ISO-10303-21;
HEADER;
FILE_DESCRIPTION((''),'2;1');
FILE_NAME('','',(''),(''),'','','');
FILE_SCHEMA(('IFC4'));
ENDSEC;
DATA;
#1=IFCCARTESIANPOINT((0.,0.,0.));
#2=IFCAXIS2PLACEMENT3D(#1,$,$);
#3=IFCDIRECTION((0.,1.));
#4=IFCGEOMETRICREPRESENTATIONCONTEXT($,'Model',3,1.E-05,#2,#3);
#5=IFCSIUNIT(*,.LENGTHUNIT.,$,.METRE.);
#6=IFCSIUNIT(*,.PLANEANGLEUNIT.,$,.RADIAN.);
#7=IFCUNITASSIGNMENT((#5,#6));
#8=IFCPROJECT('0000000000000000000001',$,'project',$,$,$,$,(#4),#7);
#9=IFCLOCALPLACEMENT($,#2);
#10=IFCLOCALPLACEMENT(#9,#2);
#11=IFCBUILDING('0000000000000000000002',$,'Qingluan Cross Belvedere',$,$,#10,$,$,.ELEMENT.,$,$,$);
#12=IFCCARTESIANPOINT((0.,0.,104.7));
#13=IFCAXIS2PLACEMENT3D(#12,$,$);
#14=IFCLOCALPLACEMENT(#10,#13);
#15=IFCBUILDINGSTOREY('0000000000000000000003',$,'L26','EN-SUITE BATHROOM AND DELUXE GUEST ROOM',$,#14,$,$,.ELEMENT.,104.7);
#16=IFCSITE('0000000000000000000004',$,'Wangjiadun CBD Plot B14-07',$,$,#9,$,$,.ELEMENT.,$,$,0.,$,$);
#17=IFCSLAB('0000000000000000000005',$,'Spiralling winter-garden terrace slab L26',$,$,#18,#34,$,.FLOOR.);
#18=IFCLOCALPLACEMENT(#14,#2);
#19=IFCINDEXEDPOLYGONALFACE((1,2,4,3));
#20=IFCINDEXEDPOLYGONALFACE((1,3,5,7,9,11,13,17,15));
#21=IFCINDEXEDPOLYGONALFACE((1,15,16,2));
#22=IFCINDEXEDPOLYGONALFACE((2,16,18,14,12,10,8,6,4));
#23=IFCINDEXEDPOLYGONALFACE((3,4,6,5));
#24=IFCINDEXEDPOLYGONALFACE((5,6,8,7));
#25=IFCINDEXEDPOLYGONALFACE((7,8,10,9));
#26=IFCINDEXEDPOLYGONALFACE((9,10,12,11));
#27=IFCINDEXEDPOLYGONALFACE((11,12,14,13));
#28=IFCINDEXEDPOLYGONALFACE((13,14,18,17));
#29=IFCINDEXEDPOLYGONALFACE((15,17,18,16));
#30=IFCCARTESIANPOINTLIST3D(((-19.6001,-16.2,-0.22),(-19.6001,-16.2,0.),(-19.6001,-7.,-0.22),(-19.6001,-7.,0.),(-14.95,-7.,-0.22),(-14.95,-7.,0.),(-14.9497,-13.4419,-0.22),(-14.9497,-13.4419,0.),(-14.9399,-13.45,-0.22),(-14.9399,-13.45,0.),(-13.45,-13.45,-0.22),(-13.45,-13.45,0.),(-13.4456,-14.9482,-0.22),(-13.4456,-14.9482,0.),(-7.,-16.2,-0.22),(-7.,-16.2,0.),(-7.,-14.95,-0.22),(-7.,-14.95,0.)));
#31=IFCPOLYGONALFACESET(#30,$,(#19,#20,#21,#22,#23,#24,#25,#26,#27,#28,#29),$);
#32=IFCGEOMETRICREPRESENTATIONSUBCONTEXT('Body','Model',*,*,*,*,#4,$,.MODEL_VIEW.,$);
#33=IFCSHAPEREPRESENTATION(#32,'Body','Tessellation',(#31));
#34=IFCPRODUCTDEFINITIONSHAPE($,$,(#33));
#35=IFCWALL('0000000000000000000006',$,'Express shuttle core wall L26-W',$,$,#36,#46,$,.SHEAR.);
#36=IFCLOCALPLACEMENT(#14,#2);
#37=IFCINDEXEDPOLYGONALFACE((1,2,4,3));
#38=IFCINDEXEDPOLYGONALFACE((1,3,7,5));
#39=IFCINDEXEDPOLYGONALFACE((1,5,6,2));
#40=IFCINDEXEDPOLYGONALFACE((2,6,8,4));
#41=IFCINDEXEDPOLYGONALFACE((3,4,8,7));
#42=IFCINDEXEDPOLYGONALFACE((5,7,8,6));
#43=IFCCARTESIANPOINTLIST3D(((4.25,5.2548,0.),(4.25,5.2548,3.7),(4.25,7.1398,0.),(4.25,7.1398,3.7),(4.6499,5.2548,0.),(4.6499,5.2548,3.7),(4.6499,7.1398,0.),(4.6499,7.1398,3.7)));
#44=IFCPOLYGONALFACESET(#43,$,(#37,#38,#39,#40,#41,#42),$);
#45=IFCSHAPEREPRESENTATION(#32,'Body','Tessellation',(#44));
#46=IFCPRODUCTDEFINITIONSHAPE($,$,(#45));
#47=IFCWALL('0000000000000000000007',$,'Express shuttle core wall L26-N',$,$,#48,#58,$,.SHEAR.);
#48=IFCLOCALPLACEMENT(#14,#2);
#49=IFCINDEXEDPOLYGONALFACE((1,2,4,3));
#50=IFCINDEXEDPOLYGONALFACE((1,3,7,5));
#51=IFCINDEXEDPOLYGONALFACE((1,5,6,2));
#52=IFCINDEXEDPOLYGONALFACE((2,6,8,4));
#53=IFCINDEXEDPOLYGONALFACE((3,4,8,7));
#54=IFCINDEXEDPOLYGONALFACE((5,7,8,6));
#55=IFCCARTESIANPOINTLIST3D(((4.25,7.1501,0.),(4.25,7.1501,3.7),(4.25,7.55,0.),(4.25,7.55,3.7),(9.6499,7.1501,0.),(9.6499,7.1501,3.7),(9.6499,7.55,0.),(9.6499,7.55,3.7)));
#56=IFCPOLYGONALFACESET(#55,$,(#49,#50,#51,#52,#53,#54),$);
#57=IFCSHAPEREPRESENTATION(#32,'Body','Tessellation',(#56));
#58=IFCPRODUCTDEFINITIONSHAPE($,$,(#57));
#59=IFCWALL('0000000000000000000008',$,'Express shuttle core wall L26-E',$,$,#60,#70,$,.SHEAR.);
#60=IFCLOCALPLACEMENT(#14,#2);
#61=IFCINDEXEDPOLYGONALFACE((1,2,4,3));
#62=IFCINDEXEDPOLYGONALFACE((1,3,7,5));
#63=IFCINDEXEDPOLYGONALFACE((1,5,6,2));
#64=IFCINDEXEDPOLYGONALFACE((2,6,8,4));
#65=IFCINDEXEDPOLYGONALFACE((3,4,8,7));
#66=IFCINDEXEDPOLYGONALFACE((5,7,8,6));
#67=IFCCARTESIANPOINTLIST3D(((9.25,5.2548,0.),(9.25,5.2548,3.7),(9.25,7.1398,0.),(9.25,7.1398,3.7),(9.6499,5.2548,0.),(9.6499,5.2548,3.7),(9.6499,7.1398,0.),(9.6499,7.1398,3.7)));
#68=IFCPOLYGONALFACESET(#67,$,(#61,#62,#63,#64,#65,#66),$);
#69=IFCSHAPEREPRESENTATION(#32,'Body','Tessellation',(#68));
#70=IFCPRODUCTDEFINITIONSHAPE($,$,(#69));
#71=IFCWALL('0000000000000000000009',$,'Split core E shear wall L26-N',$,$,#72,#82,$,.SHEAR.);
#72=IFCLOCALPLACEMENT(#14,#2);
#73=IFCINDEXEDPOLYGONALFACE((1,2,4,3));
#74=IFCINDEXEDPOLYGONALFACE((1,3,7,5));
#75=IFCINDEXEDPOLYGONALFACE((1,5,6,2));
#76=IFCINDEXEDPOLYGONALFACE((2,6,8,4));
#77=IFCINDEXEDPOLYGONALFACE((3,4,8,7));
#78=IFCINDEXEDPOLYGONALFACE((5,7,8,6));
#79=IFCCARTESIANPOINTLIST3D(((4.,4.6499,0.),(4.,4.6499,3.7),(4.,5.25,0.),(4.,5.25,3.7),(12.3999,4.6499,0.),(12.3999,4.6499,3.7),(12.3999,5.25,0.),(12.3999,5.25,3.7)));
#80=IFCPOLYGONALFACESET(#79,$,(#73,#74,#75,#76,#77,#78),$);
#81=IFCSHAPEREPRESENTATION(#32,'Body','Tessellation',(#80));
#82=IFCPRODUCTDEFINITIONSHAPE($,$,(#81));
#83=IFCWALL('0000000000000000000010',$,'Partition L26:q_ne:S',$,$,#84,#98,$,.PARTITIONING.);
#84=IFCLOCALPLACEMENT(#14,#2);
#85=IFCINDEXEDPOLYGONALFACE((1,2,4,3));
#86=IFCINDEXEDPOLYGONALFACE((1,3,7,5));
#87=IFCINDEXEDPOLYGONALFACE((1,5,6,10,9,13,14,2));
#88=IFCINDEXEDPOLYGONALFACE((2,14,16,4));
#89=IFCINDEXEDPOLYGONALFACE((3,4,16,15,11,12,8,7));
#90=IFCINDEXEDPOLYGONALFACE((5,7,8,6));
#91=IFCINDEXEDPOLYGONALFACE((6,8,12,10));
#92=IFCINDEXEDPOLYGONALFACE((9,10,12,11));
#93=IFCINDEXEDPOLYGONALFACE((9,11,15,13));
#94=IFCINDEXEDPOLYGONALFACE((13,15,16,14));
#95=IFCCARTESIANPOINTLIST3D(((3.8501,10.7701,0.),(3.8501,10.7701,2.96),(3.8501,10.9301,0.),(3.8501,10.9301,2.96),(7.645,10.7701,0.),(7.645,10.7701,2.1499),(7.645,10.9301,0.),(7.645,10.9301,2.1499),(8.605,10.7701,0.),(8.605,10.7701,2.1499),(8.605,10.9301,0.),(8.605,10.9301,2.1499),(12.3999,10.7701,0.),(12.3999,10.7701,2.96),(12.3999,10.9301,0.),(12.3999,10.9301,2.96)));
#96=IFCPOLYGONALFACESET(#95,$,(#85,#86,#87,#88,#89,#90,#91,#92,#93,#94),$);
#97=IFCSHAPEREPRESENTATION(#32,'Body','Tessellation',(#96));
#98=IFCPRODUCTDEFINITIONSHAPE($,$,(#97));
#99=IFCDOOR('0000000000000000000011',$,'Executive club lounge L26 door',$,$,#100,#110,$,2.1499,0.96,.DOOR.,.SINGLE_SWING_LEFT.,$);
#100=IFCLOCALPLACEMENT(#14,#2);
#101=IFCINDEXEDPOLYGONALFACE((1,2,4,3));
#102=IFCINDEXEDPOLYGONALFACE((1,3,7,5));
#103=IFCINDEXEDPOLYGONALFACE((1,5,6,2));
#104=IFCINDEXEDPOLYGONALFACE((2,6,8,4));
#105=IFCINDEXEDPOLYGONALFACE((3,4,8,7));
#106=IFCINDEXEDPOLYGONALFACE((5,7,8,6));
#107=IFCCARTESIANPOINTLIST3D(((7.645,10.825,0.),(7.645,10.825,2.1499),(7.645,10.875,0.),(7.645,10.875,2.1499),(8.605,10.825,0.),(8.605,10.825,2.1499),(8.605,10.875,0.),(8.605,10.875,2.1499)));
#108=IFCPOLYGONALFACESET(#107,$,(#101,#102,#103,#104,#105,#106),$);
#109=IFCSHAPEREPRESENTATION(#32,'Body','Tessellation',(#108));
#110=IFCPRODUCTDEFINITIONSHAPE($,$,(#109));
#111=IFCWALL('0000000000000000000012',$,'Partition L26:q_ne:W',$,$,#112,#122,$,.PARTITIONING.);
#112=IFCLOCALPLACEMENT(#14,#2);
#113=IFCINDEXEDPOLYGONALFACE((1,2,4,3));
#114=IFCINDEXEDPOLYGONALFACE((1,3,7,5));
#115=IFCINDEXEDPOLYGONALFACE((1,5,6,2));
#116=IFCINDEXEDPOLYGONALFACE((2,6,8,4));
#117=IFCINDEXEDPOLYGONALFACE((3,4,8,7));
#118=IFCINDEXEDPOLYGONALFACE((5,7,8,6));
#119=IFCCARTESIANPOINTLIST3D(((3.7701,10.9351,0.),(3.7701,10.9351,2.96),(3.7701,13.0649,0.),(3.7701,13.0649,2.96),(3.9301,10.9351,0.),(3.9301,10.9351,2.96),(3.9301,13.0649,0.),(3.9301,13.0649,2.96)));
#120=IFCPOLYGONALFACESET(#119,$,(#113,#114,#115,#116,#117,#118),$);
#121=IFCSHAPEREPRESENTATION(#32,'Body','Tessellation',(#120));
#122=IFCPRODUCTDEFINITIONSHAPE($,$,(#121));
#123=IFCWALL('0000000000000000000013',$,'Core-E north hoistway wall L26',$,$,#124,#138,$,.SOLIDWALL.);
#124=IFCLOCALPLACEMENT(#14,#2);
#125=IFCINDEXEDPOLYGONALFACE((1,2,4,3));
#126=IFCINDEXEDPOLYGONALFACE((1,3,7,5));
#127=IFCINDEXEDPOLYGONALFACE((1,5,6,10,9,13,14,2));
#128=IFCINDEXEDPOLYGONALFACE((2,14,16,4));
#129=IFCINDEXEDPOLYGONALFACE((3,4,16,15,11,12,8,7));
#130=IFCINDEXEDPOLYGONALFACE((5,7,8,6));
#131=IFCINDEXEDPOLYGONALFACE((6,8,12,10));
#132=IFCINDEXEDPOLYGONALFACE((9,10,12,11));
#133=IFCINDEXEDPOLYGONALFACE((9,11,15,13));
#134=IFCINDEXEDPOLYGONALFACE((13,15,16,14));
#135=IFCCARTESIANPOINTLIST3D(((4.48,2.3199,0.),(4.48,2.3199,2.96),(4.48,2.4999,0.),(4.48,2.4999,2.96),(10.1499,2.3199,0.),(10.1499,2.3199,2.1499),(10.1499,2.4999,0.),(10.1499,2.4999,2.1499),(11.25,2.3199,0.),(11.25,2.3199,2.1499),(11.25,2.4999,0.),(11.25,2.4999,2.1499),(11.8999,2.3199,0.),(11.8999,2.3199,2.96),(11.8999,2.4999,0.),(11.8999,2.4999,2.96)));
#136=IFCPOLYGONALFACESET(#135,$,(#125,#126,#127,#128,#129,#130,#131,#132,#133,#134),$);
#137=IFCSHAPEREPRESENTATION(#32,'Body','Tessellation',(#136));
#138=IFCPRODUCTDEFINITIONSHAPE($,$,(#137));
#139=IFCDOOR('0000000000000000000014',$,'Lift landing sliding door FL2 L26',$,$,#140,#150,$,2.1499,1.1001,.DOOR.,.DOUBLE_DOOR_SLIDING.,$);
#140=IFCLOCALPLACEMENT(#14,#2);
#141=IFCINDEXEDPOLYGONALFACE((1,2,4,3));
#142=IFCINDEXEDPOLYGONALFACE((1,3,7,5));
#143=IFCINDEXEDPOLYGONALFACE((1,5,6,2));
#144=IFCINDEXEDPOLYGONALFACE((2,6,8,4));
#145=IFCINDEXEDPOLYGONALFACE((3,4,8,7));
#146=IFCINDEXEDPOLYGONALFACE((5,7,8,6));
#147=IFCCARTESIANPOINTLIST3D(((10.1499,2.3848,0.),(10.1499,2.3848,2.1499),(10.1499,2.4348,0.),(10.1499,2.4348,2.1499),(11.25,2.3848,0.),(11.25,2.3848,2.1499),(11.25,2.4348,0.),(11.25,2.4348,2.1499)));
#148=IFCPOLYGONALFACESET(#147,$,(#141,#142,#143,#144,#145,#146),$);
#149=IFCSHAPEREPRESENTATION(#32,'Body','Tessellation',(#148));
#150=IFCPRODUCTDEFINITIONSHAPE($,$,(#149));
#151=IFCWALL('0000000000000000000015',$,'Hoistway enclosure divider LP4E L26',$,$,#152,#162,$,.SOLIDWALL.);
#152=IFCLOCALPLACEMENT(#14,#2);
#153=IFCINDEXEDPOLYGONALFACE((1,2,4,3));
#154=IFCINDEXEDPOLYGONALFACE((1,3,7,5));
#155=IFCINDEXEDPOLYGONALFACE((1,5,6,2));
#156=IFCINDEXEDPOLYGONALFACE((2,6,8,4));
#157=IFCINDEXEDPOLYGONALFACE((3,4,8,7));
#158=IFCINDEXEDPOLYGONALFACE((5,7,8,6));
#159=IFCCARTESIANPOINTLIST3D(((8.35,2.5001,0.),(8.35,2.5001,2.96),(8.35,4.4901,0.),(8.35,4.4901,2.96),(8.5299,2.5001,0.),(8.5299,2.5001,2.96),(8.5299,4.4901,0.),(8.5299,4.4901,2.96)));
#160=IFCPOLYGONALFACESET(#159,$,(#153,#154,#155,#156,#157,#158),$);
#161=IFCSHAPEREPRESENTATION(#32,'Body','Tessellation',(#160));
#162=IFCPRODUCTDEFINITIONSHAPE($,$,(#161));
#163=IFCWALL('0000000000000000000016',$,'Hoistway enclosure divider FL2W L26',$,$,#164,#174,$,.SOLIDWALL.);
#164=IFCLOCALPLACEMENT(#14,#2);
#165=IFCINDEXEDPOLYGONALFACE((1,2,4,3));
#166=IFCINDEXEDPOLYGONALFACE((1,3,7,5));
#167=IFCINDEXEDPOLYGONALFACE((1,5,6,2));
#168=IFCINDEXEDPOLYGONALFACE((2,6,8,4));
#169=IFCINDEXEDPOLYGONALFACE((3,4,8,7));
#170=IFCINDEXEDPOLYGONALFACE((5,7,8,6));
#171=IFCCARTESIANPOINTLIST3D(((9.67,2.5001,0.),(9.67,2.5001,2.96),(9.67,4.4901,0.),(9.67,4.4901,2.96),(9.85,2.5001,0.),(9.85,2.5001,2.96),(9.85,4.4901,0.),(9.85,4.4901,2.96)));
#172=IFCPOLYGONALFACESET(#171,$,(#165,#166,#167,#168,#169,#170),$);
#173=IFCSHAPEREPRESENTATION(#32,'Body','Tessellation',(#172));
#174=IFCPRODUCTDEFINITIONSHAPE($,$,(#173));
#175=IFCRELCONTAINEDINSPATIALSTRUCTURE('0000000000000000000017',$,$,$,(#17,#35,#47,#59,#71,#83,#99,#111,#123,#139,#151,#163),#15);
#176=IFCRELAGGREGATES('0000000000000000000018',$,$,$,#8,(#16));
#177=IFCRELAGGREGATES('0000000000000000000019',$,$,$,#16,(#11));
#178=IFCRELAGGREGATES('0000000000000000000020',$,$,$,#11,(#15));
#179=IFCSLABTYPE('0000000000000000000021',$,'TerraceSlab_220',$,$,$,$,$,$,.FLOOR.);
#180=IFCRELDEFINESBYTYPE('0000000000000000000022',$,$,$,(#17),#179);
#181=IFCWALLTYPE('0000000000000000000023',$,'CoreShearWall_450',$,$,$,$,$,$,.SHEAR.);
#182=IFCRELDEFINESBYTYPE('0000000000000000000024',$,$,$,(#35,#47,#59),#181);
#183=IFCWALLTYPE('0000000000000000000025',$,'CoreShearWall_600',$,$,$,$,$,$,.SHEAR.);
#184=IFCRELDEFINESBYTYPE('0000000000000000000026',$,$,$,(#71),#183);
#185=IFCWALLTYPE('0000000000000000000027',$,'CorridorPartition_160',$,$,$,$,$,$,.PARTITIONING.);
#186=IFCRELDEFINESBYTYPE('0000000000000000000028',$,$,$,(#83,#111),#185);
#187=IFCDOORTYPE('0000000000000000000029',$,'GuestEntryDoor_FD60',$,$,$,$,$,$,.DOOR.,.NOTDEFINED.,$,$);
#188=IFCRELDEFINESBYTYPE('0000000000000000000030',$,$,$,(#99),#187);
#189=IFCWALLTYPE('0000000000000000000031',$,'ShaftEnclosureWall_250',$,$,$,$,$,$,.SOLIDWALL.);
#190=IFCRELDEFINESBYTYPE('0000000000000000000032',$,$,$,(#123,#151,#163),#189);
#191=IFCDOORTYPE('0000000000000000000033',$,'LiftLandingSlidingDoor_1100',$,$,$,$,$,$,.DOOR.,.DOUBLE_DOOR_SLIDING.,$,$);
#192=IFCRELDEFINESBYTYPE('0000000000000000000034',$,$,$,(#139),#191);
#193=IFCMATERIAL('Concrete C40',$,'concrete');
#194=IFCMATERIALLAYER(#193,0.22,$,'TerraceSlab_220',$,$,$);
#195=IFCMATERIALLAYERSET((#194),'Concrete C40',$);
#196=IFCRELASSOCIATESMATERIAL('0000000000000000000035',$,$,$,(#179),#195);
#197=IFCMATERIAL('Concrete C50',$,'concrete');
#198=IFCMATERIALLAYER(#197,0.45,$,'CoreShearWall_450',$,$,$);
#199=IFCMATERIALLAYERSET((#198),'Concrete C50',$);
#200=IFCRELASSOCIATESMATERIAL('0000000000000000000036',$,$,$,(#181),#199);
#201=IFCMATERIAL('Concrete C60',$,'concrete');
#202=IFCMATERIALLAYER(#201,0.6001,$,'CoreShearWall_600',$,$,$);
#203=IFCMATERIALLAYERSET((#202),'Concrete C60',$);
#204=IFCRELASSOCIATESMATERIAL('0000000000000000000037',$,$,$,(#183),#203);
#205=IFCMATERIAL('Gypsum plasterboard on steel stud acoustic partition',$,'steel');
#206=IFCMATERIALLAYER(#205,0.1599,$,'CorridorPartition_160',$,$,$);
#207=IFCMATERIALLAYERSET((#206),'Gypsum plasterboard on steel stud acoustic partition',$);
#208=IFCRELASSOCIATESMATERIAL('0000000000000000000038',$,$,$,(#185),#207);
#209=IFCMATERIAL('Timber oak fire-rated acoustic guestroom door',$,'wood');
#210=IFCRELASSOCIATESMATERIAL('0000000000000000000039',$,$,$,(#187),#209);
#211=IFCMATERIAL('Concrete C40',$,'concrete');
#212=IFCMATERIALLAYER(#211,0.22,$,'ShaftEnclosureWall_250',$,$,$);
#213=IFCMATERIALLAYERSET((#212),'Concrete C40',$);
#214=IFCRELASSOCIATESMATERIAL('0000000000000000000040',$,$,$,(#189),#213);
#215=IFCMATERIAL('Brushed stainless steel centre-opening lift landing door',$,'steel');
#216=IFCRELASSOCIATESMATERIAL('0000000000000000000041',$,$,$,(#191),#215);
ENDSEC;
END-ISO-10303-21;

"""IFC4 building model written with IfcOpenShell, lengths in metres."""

from ifc_helpers import new_model, si_unit, direction, frame, frame_2d, origin, place, context, subcontext, project, spatial, polyline, rectangle, outline, extrude, material, layer, layer_set, type_object, element, fill, save


model = new_model("IFC4")

# Units and contexts
model_context = context("Model", 3, precision=1e-05, world=origin(), true_north=direction((0.0, 1.0)))
body_context = subcontext(model_context, "Body", "Model", "MODEL_VIEW")
ifc_project = project(units=[si_unit("LENGTHUNIT", "METRE"), si_unit("PLANEANGLEUNIT", "RADIAN")], contexts=[model_context])

# Site, building, storey
site_placement = place(None, origin())
site = spatial("IfcSite", under=ifc_project, at=site_placement, Name="Wangjiadun CBD Plot B14-07", CompositionType="ELEMENT", RefElevation=0.0)
building_placement = place(site_placement, origin())
building = spatial("IfcBuilding", under=site, at=building_placement, Name="Qingluan Cross Belvedere", CompositionType="ELEMENT")
storey_placement = place(building_placement, frame((0.0, 0.0, 104.7)))
storey = spatial("IfcBuildingStorey", under=building, at=storey_placement, Name="L26", Description="EN-SUITE BATHROOM AND DELUXE GUEST ROOM", CompositionType="ELEMENT", Elevation=104.7)

# Slab
ifc_material_1 = material(Name="Concrete C40", Category="concrete")
ifc_layer_1 = layer(ifc_material_1, 0.22, Name="TerraceSlab_220")
ifc_layer_set_1 = layer_set([ifc_layer_1], Name="Concrete C40")
slab_type_1 = type_object("IfcSlabType", Name="TerraceSlab_220", PredefinedType="FLOOR", material=ifc_layer_set_1)
slab_1_placement = place(storey_placement, frame((0.0, 0.0, -0.22)))
element("IfcSlab", 1, at=slab_1_placement, inside=storey, type_object=slab_type_1, Name="Spiralling winter-garden terrace slab L26", PredefinedType="FLOOR", context=body_context, shape_type="SweptSolid", body=[
    extrude(outline(polyline([(-7.0, -14.95), (-13.4456, -14.9482), (-13.45, -13.45), (-14.9399, -13.45), (-14.9497, -13.4419), (-14.95, -7.0), (-19.6001, -7.0), (-19.6001, -16.2), (-7.0, -16.2), (-7.0, -14.95)])), origin(), (0.0, 0.0, 1.0), 0.22),
])

# Walls
ifc_material_2 = material(Name="Concrete C50", Category="concrete")
ifc_layer_2 = layer(ifc_material_2, 0.45, Name="CoreShearWall_450")
ifc_layer_set_2 = layer_set([ifc_layer_2], Name="Concrete C50")
wall_type_1 = type_object("IfcWallType", Name="CoreShearWall_450", PredefinedType="SHEAR", material=ifc_layer_set_2)
wall_1_placement = place(storey_placement, frame((4.45, 5.2549, 0.0), z_axis=(0.0, 0.0, 1.0), x_axis=(0.0, 1.0, 0.0)))
element("IfcWall", 2, at=wall_1_placement, inside=storey, type_object=wall_type_1, Name="Express shuttle core wall L26-W", PredefinedType="SHEAR", context=body_context, shape_type="SweptSolid", body=[
    extrude(rectangle(XDim=1.885, YDim=0.3999, at=frame_2d((0.9424, 0.0))), origin(), (0.0, 0.0, 1.0), 3.7),
])
wall_2_placement = place(storey_placement, frame((4.25, 7.3501, 0.0), z_axis=(0.0, 0.0, 1.0), x_axis=(1.0, 0.0, 0.0)))
element("IfcWall", 3, at=wall_2_placement, inside=storey, type_object=wall_type_1, Name="Express shuttle core wall L26-N", PredefinedType="SHEAR", context=body_context, shape_type="SweptSolid", body=[
    extrude(rectangle(XDim=5.3999, YDim=0.3999, at=frame_2d((2.7, 0.0))), origin(), (0.0, 0.0, 1.0), 3.7),
])
wall_3_placement = place(storey_placement, frame((9.45, 5.2549, 0.0), z_axis=(0.0, 0.0, 1.0), x_axis=(0.0, 1.0, 0.0)))
element("IfcWall", 4, at=wall_3_placement, inside=storey, type_object=wall_type_1, Name="Express shuttle core wall L26-E", PredefinedType="SHEAR", context=body_context, shape_type="SweptSolid", body=[
    extrude(rectangle(XDim=1.885, YDim=0.3999, at=frame_2d((0.9424, 0.0))), origin(), (0.0, 0.0, 1.0), 3.7),
])
ifc_material_3 = material(Name="Concrete C60", Category="concrete")
ifc_layer_3 = layer(ifc_material_3, 0.6001, Name="CoreShearWall_600")
ifc_layer_set_3 = layer_set([ifc_layer_3], Name="Concrete C60")
wall_type_2 = type_object("IfcWallType", Name="CoreShearWall_600", PredefinedType="SHEAR", material=ifc_layer_set_3)
wall_4_placement = place(storey_placement, frame((4.0, 4.95, 0.0), z_axis=(0.0, 0.0, 1.0), x_axis=(1.0, 0.0, 0.0)))
element("IfcWall", 5, at=wall_4_placement, inside=storey, type_object=wall_type_2, Name="Split core E shear wall L26-N", PredefinedType="SHEAR", context=body_context, shape_type="SweptSolid", body=[
    extrude(rectangle(XDim=8.3999, YDim=0.6001, at=frame_2d((4.2, 0.0))), origin(), (0.0, 0.0, 1.0), 3.7),
])

# Wall, opening, door
ifc_material_4 = material(Name="Gypsum plasterboard on steel stud acoustic partition", Category="steel")
ifc_layer_4 = layer(ifc_material_4, 0.1599, Name="CorridorPartition_160")
ifc_layer_set_4 = layer_set([ifc_layer_4], Name="Gypsum plasterboard on steel stud acoustic partition")
wall_type_3 = type_object("IfcWallType", Name="CorridorPartition_160", PredefinedType="PARTITIONING", material=ifc_layer_set_4)
wall_5_placement = place(storey_placement, frame((3.8501, 10.8501, 0.0), z_axis=(0.0, 0.0, 1.0), x_axis=(1.0, 0.0, 0.0)))
wall_5 = element("IfcWall", 6, at=wall_5_placement, inside=storey, type_object=wall_type_3, Name="Partition L26:q_ne:S", PredefinedType="PARTITIONING", context=body_context, shape_type="SweptSolid", body=[
    extrude(rectangle(XDim=8.5498, YDim=0.1599, at=frame_2d((4.2749, 0.0))), origin(), (0.0, 0.0, 1.0), 2.96),
])
opening_1_placement = place(wall_5_placement, frame((3.7949, 0.0, 0.0)))
opening_1 = element("IfcOpeningElement", 7, at=opening_1_placement, cuts=wall_5, PredefinedType="OPENING", context=body_context, shape_type="SweptSolid", body=[
    extrude(rectangle(XDim=0.96, YDim=2.1499, at=frame_2d((0.48, 1.075))), frame((0.0, 0.0898, 0.0), z_axis=(0.0, -1.0, 0.0), x_axis=(1.0, 0.0, 0.0)), (0.0, 0.0, 1.0), 0.1799),
])
ifc_material_5 = material(Name="Timber oak fire-rated acoustic guestroom door", Category="wood")
door_type_1 = type_object("IfcDoorType", Name="GuestEntryDoor_FD60", OperationType="NOTDEFINED", PredefinedType="DOOR", material=ifc_material_5)
door_1_placement = place(opening_1_placement, origin())
door_1 = element("IfcDoor", 8, at=door_1_placement, inside=storey, type_object=door_type_1, Name="Executive club lounge L26 door", OperationType="SINGLE_SWING_LEFT", OverallHeight=2.1499, OverallWidth=0.96, PredefinedType="DOOR", context=body_context, shape_type="SweptSolid", body=[
    extrude(rectangle(XDim=0.96, YDim=2.1499, at=frame_2d((0.48, 1.075))), frame((0.0, 0.0249, 0.0), z_axis=(0.0, -1.0, 0.0), x_axis=(1.0, 0.0, 0.0)), (0.0, 0.0, 1.0), 0.05),
])
fill(opening_1, door_1)

# Wall
wall_6_placement = place(storey_placement, frame((3.8501, 10.9351, 0.0), z_axis=(0.0, 0.0, 1.0), x_axis=(0.0, 1.0, 0.0)))
element("IfcWall", 9, at=wall_6_placement, inside=storey, type_object=wall_type_3, Name="Partition L26:q_ne:W", PredefinedType="PARTITIONING", context=body_context, shape_type="SweptSolid", body=[
    extrude(rectangle(XDim=2.1299, YDim=0.1599, at=frame_2d((1.0649, 0.0))), origin(), (0.0, 0.0, 1.0), 2.96),
])

# Wall, opening, door
ifc_material_6 = material(Name="Concrete C40", Category="concrete")
ifc_layer_5 = layer(ifc_material_6, 0.22, Name="ShaftEnclosureWall_250")
ifc_layer_set_5 = layer_set([ifc_layer_5], Name="Concrete C40")
wall_type_4 = type_object("IfcWallType", Name="ShaftEnclosureWall_250", PredefinedType="SOLIDWALL", material=ifc_layer_set_5)
wall_7_placement = place(storey_placement, frame((4.48, 2.4099, 0.0), z_axis=(0.0, 0.0, 1.0), x_axis=(1.0, 0.0, 0.0)))
wall_7 = element("IfcWall", 10, at=wall_7_placement, inside=storey, type_object=wall_type_4, Name="Core-E north hoistway wall L26", PredefinedType="SOLIDWALL", context=body_context, shape_type="SweptSolid", body=[
    extrude(rectangle(XDim=7.4199, YDim=0.1799, at=frame_2d((3.71, 0.0))), origin(), (0.0, 0.0, 1.0), 2.96),
])
opening_2_placement = place(wall_7_placement, frame((5.6699, 0.0, 0.0)))
opening_2 = element("IfcOpeningElement", 11, at=opening_2_placement, cuts=wall_7, PredefinedType="OPENING", context=body_context, shape_type="SweptSolid", body=[
    extrude(rectangle(XDim=1.1001, YDim=2.1499, at=frame_2d((0.55, 1.075))), frame((0.0, 0.0999, 0.0), z_axis=(0.0, -1.0, 0.0), x_axis=(1.0, 0.0, 0.0)), (0.0, 0.0, 1.0), 0.2),
])
ifc_material_7 = material(Name="Brushed stainless steel centre-opening lift landing door", Category="steel")
door_type_2 = type_object("IfcDoorType", Name="LiftLandingSlidingDoor_1100", OperationType="DOUBLE_DOOR_SLIDING", PredefinedType="DOOR", material=ifc_material_7)
door_2_placement = place(opening_2_placement, origin())
door_2 = element("IfcDoor", 12, at=door_2_placement, inside=storey, type_object=door_type_2, Name="Lift landing sliding door FL2 L26", OperationType="DOUBLE_DOOR_SLIDING", OverallHeight=2.1499, OverallWidth=1.1001, PredefinedType="DOOR", context=body_context, shape_type="SweptSolid", body=[
    extrude(rectangle(XDim=1.1001, YDim=2.1499, at=frame_2d((0.55, 1.075))), frame((0.0, 0.0249, 0.0), z_axis=(0.0, -1.0, 0.0), x_axis=(1.0, 0.0, 0.0)), (0.0, 0.0, 1.0), 0.05),
])
fill(opening_2, door_2)

# Walls
for number, where, z_axis, x_axis, name in (
    (13, (8.4399, 2.5, 0.0), (0.0, 0.0, 1.0), (0.0, 1.0, 0.0), "Hoistway enclosure divider LP4E L26"),
    (14, (9.76, 2.5, 0.0), (0.0, 0.0, 1.0), (0.0, 1.0, 0.0), "Hoistway enclosure divider FL2W L26"),
):
    element("IfcWall", number, at=place(storey_placement, frame(where, z_axis=z_axis, x_axis=x_axis)), inside=storey, type_object=wall_type_4, Name=name, PredefinedType="SOLIDWALL", context=body_context, shape_type="SweptSolid", body=[
        extrude(rectangle(XDim=1.99, YDim=0.1799, at=frame_2d((0.9951, 0.0))), origin(), (0.0, 0.0, 1.0), 2.96),
    ])

save(model, "model.ifc")
